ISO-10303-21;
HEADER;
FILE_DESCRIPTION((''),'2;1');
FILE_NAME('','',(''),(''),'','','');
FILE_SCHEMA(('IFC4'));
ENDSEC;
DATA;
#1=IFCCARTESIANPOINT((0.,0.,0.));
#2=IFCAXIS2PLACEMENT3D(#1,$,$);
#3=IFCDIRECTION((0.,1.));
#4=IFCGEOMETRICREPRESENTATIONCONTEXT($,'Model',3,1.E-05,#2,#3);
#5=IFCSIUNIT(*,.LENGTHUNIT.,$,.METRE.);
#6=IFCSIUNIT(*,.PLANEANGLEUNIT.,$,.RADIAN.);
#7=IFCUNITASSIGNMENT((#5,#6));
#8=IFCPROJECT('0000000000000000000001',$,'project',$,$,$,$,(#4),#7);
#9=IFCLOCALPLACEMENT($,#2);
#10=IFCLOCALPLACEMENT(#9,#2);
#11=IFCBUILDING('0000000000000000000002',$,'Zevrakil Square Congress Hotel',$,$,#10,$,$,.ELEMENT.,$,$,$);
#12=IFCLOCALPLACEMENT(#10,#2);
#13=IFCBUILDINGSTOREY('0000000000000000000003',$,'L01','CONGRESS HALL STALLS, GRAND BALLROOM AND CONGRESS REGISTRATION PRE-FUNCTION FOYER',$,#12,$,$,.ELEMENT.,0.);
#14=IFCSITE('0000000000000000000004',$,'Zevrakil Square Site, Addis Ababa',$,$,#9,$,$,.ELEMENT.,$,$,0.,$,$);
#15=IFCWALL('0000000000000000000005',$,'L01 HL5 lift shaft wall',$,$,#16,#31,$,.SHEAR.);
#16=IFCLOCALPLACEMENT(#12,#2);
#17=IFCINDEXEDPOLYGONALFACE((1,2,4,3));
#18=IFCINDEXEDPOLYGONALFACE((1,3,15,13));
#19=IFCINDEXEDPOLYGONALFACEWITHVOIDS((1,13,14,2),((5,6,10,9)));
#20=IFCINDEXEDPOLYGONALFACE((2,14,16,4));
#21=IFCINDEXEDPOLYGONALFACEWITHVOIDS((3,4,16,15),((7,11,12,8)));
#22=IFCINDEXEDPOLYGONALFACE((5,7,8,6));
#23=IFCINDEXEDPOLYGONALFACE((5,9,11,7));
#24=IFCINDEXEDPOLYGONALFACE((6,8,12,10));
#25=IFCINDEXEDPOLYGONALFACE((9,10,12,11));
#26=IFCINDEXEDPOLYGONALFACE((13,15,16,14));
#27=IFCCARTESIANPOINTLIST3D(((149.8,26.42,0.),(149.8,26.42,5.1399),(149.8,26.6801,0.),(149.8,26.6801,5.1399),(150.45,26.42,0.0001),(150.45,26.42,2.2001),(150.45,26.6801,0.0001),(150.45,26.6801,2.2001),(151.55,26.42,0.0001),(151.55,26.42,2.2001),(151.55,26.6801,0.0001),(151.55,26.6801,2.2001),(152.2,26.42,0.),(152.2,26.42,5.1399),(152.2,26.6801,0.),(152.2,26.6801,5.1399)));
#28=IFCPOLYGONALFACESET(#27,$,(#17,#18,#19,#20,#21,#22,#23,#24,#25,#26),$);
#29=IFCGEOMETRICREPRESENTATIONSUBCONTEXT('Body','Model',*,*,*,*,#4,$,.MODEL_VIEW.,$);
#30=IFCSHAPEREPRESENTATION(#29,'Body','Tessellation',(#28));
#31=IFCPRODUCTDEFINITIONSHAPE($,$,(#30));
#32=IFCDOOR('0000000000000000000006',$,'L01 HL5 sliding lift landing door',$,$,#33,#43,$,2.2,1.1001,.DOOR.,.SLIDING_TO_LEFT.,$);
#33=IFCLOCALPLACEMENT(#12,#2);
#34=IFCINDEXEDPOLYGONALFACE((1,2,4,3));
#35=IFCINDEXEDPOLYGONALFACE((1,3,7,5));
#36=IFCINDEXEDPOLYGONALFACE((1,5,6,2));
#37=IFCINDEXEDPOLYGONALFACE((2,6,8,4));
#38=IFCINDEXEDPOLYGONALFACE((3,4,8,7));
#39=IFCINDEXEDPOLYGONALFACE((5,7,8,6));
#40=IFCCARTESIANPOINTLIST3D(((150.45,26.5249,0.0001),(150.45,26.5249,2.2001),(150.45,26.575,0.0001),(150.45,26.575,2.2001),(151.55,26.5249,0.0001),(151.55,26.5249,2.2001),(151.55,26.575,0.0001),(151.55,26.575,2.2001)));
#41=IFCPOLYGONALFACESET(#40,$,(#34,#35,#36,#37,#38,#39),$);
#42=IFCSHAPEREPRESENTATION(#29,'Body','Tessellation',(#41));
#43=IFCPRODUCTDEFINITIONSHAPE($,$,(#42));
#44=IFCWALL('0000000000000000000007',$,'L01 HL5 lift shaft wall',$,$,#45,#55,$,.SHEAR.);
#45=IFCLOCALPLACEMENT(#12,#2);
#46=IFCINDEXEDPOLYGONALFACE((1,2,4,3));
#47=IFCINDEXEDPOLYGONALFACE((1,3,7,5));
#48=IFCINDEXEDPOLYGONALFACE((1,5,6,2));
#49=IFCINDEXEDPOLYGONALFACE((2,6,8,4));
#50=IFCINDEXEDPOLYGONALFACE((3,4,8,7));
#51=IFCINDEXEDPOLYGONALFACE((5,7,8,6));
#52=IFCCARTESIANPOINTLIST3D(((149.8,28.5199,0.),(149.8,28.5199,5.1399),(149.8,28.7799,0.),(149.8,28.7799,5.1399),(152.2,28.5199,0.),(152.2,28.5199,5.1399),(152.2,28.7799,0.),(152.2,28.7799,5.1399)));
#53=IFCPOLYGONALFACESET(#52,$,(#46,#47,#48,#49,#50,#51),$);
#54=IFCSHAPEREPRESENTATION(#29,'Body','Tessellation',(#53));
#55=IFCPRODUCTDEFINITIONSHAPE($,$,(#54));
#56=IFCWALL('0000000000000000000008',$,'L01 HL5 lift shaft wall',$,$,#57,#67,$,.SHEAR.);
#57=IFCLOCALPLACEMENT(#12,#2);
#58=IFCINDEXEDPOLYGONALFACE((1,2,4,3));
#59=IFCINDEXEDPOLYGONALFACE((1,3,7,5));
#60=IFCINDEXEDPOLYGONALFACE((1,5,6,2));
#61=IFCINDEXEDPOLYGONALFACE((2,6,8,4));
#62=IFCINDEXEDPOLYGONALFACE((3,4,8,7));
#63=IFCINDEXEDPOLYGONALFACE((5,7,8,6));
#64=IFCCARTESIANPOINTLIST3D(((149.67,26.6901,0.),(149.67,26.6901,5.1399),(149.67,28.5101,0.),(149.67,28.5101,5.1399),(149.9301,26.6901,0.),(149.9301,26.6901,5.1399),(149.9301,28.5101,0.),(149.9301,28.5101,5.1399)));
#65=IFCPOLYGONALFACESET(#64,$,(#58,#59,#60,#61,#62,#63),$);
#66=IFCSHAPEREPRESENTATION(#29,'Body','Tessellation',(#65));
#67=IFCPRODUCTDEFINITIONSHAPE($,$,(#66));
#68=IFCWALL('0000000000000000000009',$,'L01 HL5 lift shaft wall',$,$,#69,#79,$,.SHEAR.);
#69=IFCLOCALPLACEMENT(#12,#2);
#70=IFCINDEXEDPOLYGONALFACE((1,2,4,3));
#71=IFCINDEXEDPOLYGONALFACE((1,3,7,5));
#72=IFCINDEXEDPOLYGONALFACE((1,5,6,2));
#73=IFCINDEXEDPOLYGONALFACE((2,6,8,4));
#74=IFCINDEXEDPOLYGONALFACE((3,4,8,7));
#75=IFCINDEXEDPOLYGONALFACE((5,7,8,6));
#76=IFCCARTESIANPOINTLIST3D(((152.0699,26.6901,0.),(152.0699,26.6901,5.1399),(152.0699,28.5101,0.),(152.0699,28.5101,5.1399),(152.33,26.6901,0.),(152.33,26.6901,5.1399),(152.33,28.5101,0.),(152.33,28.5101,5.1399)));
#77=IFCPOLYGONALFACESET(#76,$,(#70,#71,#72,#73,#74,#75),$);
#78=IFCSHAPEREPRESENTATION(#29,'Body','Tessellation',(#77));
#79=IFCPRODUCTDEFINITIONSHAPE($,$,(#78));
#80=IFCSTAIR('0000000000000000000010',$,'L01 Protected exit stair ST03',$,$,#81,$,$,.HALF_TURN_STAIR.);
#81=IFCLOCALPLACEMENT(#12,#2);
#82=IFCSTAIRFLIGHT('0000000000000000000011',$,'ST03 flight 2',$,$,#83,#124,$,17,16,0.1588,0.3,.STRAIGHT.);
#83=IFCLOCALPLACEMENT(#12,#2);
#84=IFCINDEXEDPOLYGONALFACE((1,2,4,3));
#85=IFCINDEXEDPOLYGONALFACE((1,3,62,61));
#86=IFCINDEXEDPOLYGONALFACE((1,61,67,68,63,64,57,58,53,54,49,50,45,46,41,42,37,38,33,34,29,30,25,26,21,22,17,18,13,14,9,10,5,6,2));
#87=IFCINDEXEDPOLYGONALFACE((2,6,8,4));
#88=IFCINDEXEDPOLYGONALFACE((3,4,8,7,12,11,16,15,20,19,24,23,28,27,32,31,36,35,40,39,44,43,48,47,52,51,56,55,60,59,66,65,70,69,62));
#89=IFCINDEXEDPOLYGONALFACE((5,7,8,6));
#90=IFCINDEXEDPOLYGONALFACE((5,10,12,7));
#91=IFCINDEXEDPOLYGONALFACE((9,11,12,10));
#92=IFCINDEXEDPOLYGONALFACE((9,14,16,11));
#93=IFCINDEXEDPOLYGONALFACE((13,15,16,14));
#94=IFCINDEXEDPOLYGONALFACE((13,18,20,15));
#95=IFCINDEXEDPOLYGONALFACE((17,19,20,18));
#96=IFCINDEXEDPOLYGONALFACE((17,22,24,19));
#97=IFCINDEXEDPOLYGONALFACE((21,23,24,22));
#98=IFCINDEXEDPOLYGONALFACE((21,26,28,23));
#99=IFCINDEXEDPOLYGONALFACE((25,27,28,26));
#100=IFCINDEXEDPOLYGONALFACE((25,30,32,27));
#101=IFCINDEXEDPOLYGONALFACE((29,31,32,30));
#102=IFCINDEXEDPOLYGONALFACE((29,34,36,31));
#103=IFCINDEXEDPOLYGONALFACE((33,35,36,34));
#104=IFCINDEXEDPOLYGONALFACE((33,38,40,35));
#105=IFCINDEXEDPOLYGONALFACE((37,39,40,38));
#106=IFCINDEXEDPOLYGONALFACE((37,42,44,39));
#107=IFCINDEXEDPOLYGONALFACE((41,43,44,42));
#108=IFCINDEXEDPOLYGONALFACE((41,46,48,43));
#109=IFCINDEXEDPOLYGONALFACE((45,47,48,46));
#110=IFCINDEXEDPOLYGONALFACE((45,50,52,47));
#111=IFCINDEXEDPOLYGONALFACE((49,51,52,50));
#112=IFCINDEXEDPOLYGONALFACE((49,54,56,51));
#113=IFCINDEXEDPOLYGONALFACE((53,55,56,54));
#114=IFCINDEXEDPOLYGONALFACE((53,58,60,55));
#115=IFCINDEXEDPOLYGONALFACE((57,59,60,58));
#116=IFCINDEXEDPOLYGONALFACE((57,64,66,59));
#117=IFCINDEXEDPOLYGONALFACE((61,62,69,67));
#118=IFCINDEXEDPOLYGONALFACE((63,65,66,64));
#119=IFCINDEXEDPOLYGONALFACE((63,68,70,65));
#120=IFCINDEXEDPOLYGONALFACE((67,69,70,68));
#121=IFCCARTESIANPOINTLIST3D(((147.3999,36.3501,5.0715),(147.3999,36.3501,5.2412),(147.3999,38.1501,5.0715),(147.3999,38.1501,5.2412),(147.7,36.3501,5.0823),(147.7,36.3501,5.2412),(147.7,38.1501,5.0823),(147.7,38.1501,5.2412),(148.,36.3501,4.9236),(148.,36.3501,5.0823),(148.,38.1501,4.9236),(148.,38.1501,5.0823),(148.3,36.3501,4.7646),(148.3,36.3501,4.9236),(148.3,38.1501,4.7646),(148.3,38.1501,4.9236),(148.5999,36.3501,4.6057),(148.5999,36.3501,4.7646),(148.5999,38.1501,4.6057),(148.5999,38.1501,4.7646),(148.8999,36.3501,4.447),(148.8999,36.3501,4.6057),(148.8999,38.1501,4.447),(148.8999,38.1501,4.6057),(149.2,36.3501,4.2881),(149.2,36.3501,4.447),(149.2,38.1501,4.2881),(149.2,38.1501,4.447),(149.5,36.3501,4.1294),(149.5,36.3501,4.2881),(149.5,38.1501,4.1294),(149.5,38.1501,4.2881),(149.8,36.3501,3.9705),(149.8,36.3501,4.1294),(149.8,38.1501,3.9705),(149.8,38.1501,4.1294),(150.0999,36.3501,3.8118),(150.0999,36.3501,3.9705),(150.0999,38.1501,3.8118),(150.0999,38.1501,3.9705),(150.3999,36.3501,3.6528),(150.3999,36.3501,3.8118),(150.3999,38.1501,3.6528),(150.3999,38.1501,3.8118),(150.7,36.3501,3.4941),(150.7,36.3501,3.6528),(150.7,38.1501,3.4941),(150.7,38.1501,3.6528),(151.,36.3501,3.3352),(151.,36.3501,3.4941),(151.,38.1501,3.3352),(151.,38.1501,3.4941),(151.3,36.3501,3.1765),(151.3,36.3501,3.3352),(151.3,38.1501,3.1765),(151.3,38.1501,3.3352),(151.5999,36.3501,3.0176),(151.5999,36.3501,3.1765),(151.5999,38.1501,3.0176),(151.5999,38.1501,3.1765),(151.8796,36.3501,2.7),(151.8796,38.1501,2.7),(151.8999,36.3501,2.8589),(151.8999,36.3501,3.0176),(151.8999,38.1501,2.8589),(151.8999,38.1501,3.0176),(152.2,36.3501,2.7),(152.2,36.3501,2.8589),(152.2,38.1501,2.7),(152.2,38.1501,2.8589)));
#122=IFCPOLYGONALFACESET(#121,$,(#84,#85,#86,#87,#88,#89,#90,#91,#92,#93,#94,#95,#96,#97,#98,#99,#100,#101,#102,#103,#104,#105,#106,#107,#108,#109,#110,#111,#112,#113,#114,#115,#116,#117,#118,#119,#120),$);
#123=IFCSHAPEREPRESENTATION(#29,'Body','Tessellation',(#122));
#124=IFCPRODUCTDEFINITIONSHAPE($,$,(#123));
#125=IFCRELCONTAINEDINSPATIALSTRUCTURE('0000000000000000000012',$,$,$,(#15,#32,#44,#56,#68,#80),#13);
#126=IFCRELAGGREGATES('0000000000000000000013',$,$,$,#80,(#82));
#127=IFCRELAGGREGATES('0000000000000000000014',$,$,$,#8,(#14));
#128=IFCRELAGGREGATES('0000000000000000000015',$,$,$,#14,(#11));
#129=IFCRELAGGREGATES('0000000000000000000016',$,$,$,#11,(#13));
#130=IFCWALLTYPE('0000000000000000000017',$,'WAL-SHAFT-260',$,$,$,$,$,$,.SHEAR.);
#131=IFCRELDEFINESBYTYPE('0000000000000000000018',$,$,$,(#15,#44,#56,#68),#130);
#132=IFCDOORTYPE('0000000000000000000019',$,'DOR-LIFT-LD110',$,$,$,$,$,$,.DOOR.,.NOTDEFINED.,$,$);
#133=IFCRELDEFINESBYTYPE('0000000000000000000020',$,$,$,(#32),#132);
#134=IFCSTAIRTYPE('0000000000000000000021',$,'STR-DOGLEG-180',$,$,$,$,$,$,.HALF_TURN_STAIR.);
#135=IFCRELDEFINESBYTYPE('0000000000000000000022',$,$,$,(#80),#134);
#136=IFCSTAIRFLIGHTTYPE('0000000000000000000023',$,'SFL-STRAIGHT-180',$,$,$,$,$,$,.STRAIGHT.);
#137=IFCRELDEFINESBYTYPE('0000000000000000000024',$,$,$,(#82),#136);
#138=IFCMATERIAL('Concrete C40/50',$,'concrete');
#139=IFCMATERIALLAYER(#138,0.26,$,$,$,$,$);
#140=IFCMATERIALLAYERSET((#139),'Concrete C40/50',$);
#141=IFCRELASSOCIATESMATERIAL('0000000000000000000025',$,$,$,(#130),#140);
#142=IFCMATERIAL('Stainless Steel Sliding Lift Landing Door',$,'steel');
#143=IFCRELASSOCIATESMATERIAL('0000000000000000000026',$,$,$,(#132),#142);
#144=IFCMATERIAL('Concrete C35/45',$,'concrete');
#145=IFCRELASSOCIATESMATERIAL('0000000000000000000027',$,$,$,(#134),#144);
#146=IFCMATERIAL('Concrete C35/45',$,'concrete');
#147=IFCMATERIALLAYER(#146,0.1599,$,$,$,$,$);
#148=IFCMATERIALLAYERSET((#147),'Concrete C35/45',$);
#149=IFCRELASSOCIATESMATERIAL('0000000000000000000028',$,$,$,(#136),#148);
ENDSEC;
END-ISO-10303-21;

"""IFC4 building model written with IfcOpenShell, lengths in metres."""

from ifc_helpers import new_model, si_unit, direction, frame, frame_2d, origin, place, context, subcontext, project, spatial, polyline, rectangle, outline, extrude, material, layer, layer_set, type_object, element, fill, aggregate, save


model = new_model("IFC4")

# Units and contexts
model_context = context("Model", 3, precision=1e-05, world=origin(), true_north=direction((0.0, 1.0)))
body_context = subcontext(model_context, "Body", "Model", "MODEL_VIEW")
ifc_project = project(units=[si_unit("LENGTHUNIT", "METRE"), si_unit("PLANEANGLEUNIT", "RADIAN")], contexts=[model_context])

# Site, building, storey
site_placement = place(None, origin())
site = spatial("IfcSite", under=ifc_project, at=site_placement, Name="Zevrakil Square Site, Addis Ababa", CompositionType="ELEMENT", RefElevation=0.0)
building_placement = place(site_placement, origin())
building = spatial("IfcBuilding", under=site, at=building_placement, Name="Zevrakil Square Congress Hotel", CompositionType="ELEMENT")
storey_placement = place(building_placement, origin())
storey = spatial("IfcBuildingStorey", under=building, at=storey_placement, Name="L01", Description="CONGRESS HALL STALLS, GRAND BALLROOM AND CONGRESS REGISTRATION PRE-FUNCTION FOYER", CompositionType="ELEMENT", Elevation=0.0)

# Shared definitions
ifc_material_1 = material(Name="Concrete C40/50", Category="concrete")
ifc_layer_1 = layer(ifc_material_1, 0.26)
ifc_layer_set_1 = layer_set([ifc_layer_1], Name="Concrete C40/50")
wall_type_1 = type_object("IfcWallType", Name="WAL-SHAFT-260", PredefinedType="SHEAR", material=ifc_layer_set_1)

# Wall, opening, door
wall_1_placement = place(storey_placement, frame((149.8, 26.55, 0.0), z_axis=(0.0, 0.0, 1.0), x_axis=(1.0, 0.0, 0.0)))
wall_1 = element("IfcWall", 1, at=wall_1_placement, inside=storey, type_object=wall_type_1, Name="L01 HL5 lift shaft wall", PredefinedType="SHEAR", context=body_context, shape_type="SweptSolid", body=[
    extrude(rectangle(XDim=2.3999, YDim=0.26, at=frame_2d((1.2, 0.0))), origin(), (0.0, 0.0, 1.0), 5.1399),
])
opening_1_placement = place(wall_1_placement, frame((0.6499, 0.0, 0.0)))
opening_1 = element("IfcOpeningElement", 2, at=opening_1_placement, cuts=wall_1, PredefinedType="OPENING", context=body_context, shape_type="SweptSolid", body=[
    extrude(rectangle(XDim=1.1001, YDim=2.2, at=frame_2d((0.55, 1.1001))), frame((0.0, 0.1401, 0.0), z_axis=(0.0, -1.0, 0.0), x_axis=(1.0, 0.0, 0.0)), (0.0, 0.0, 1.0), 0.28),
])
ifc_material_2 = material(Name="Stainless Steel Sliding Lift Landing Door", Category="steel")
door_type_1 = type_object("IfcDoorType", Name="DOR-LIFT-LD110", OperationType="NOTDEFINED", PredefinedType="DOOR", material=ifc_material_2)
door_1_placement = place(opening_1_placement, origin())
door_1 = element("IfcDoor", 3, at=door_1_placement, inside=storey, type_object=door_type_1, Name="L01 HL5 sliding lift landing door", OperationType="SLIDING_TO_LEFT", OverallHeight=2.2, OverallWidth=1.1001, PredefinedType="DOOR", context=body_context, shape_type="SweptSolid", body=[
    extrude(rectangle(XDim=1.1001, YDim=2.2, at=frame_2d((0.55, 1.1001))), frame((0.0, 0.0249, 0.0), z_axis=(0.0, -1.0, 0.0), x_axis=(1.0, 0.0, 0.0)), (0.0, 0.0, 1.0), 0.05),
])
fill(opening_1, door_1)

# Walls
wall_2_placement = place(storey_placement, frame((149.8, 28.6499, 0.0), z_axis=(0.0, 0.0, 1.0), x_axis=(1.0, 0.0, 0.0)))
element("IfcWall", 4, at=wall_2_placement, inside=storey, type_object=wall_type_1, Name="L01 HL5 lift shaft wall", PredefinedType="SHEAR", context=body_context, shape_type="SweptSolid", body=[
    extrude(rectangle(XDim=2.3999, YDim=0.26, at=frame_2d((1.2, 0.0))), origin(), (0.0, 0.0, 1.0), 5.1399),
])
for number, where, z_axis, x_axis, name in (
    (5, (149.8, 26.6899, 0.0), (0.0, 0.0, 1.0), (0.0, 1.0, 0.0), "L01 HL5 lift shaft wall"),
    (6, (152.2, 26.6899, 0.0), (0.0, 0.0, 1.0), (0.0, 1.0, 0.0), "L01 HL5 lift shaft wall"),
):
    element("IfcWall", number, at=place(storey_placement, frame(where, z_axis=z_axis, x_axis=x_axis)), inside=storey, type_object=wall_type_1, Name=name, PredefinedType="SHEAR", context=body_context, shape_type="SweptSolid", body=[
        extrude(rectangle(XDim=1.8201, YDim=0.26, at=frame_2d((0.9102, 0.0))), origin(), (0.0, 0.0, 1.0), 5.1399),
    ])

# Stair, stair flight
ifc_material_3 = material(Name="Concrete C35/45", Category="concrete")
stair_type = type_object("IfcStairType", Name="STR-DOGLEG-180", PredefinedType="HALF_TURN_STAIR", material=ifc_material_3)
stair_placement = place(storey_placement, origin())
stair = element("IfcStair", 7, at=stair_placement, inside=storey, type_object=stair_type, Name="L01 Protected exit stair ST03", PredefinedType="HALF_TURN_STAIR")
ifc_material_4 = material(Name="Concrete C35/45", Category="concrete")
ifc_layer_2 = layer(ifc_material_4, 0.1599)
ifc_layer_set_2 = layer_set([ifc_layer_2], Name="Concrete C35/45")
stair_flight_type = type_object("IfcStairFlightType", Name="SFL-STRAIGHT-180", PredefinedType="STRAIGHT", material=ifc_layer_set_2)
stair_flight_placement = place(storey_placement, frame((152.2, 37.25, 2.7), z_axis=(0.0, 0.0, 1.0), x_axis=(-1.0, 0.0, 0.0)))
stair_flight = element("IfcStairFlight", 8, at=stair_flight_placement, type_object=stair_flight_type, Name="ST03 flight 2", NumberOfRisers=17, NumberOfTreads=16, PredefinedType="STRAIGHT", RiserHeight=0.1588, TreadLength=0.3, context=body_context, shape_type="SweptSolid", body=[
    extrude(outline(polyline([(0.0, 0.0), (0.0, 0.1589), (0.3, 0.1589), (0.3, 0.3176), (0.6001, 0.3176), (0.6001, 0.4766), (0.8999, 0.4766), (0.8999, 0.6353), (1.2, 0.6353), (1.2, 0.7942), (1.5, 0.7942), (1.5, 0.9529), (1.8, 0.9529), (1.8, 1.1118), (2.1001, 1.1118), (2.1001, 1.2705), (2.3999, 1.2705), (2.3999, 1.4294), (2.7, 1.4294), (2.7, 1.5881), (3.0, 1.5881), (3.0, 1.7471), (3.3, 1.7471), (3.3, 1.9058), (3.6001, 1.9058), (3.6001, 2.0647), (3.8999, 2.0647), (3.8999, 2.2236), (4.2, 2.2236), (4.2, 2.3823), (4.5, 2.3823), (4.5, 2.5413), (4.8, 2.5413), (4.8, 2.7), (4.8, 2.3716), (0.3203, 0.0), (0.0, 0.0)])), frame((0.0, 0.8999, 0.0), z_axis=(0.0, -1.0, 0.0), x_axis=(1.0, 0.0, 0.0)), (0.0, 0.0, 1.0), 1.8),
])
aggregate(stair, [stair_flight])

save(model, "model.ifc")
